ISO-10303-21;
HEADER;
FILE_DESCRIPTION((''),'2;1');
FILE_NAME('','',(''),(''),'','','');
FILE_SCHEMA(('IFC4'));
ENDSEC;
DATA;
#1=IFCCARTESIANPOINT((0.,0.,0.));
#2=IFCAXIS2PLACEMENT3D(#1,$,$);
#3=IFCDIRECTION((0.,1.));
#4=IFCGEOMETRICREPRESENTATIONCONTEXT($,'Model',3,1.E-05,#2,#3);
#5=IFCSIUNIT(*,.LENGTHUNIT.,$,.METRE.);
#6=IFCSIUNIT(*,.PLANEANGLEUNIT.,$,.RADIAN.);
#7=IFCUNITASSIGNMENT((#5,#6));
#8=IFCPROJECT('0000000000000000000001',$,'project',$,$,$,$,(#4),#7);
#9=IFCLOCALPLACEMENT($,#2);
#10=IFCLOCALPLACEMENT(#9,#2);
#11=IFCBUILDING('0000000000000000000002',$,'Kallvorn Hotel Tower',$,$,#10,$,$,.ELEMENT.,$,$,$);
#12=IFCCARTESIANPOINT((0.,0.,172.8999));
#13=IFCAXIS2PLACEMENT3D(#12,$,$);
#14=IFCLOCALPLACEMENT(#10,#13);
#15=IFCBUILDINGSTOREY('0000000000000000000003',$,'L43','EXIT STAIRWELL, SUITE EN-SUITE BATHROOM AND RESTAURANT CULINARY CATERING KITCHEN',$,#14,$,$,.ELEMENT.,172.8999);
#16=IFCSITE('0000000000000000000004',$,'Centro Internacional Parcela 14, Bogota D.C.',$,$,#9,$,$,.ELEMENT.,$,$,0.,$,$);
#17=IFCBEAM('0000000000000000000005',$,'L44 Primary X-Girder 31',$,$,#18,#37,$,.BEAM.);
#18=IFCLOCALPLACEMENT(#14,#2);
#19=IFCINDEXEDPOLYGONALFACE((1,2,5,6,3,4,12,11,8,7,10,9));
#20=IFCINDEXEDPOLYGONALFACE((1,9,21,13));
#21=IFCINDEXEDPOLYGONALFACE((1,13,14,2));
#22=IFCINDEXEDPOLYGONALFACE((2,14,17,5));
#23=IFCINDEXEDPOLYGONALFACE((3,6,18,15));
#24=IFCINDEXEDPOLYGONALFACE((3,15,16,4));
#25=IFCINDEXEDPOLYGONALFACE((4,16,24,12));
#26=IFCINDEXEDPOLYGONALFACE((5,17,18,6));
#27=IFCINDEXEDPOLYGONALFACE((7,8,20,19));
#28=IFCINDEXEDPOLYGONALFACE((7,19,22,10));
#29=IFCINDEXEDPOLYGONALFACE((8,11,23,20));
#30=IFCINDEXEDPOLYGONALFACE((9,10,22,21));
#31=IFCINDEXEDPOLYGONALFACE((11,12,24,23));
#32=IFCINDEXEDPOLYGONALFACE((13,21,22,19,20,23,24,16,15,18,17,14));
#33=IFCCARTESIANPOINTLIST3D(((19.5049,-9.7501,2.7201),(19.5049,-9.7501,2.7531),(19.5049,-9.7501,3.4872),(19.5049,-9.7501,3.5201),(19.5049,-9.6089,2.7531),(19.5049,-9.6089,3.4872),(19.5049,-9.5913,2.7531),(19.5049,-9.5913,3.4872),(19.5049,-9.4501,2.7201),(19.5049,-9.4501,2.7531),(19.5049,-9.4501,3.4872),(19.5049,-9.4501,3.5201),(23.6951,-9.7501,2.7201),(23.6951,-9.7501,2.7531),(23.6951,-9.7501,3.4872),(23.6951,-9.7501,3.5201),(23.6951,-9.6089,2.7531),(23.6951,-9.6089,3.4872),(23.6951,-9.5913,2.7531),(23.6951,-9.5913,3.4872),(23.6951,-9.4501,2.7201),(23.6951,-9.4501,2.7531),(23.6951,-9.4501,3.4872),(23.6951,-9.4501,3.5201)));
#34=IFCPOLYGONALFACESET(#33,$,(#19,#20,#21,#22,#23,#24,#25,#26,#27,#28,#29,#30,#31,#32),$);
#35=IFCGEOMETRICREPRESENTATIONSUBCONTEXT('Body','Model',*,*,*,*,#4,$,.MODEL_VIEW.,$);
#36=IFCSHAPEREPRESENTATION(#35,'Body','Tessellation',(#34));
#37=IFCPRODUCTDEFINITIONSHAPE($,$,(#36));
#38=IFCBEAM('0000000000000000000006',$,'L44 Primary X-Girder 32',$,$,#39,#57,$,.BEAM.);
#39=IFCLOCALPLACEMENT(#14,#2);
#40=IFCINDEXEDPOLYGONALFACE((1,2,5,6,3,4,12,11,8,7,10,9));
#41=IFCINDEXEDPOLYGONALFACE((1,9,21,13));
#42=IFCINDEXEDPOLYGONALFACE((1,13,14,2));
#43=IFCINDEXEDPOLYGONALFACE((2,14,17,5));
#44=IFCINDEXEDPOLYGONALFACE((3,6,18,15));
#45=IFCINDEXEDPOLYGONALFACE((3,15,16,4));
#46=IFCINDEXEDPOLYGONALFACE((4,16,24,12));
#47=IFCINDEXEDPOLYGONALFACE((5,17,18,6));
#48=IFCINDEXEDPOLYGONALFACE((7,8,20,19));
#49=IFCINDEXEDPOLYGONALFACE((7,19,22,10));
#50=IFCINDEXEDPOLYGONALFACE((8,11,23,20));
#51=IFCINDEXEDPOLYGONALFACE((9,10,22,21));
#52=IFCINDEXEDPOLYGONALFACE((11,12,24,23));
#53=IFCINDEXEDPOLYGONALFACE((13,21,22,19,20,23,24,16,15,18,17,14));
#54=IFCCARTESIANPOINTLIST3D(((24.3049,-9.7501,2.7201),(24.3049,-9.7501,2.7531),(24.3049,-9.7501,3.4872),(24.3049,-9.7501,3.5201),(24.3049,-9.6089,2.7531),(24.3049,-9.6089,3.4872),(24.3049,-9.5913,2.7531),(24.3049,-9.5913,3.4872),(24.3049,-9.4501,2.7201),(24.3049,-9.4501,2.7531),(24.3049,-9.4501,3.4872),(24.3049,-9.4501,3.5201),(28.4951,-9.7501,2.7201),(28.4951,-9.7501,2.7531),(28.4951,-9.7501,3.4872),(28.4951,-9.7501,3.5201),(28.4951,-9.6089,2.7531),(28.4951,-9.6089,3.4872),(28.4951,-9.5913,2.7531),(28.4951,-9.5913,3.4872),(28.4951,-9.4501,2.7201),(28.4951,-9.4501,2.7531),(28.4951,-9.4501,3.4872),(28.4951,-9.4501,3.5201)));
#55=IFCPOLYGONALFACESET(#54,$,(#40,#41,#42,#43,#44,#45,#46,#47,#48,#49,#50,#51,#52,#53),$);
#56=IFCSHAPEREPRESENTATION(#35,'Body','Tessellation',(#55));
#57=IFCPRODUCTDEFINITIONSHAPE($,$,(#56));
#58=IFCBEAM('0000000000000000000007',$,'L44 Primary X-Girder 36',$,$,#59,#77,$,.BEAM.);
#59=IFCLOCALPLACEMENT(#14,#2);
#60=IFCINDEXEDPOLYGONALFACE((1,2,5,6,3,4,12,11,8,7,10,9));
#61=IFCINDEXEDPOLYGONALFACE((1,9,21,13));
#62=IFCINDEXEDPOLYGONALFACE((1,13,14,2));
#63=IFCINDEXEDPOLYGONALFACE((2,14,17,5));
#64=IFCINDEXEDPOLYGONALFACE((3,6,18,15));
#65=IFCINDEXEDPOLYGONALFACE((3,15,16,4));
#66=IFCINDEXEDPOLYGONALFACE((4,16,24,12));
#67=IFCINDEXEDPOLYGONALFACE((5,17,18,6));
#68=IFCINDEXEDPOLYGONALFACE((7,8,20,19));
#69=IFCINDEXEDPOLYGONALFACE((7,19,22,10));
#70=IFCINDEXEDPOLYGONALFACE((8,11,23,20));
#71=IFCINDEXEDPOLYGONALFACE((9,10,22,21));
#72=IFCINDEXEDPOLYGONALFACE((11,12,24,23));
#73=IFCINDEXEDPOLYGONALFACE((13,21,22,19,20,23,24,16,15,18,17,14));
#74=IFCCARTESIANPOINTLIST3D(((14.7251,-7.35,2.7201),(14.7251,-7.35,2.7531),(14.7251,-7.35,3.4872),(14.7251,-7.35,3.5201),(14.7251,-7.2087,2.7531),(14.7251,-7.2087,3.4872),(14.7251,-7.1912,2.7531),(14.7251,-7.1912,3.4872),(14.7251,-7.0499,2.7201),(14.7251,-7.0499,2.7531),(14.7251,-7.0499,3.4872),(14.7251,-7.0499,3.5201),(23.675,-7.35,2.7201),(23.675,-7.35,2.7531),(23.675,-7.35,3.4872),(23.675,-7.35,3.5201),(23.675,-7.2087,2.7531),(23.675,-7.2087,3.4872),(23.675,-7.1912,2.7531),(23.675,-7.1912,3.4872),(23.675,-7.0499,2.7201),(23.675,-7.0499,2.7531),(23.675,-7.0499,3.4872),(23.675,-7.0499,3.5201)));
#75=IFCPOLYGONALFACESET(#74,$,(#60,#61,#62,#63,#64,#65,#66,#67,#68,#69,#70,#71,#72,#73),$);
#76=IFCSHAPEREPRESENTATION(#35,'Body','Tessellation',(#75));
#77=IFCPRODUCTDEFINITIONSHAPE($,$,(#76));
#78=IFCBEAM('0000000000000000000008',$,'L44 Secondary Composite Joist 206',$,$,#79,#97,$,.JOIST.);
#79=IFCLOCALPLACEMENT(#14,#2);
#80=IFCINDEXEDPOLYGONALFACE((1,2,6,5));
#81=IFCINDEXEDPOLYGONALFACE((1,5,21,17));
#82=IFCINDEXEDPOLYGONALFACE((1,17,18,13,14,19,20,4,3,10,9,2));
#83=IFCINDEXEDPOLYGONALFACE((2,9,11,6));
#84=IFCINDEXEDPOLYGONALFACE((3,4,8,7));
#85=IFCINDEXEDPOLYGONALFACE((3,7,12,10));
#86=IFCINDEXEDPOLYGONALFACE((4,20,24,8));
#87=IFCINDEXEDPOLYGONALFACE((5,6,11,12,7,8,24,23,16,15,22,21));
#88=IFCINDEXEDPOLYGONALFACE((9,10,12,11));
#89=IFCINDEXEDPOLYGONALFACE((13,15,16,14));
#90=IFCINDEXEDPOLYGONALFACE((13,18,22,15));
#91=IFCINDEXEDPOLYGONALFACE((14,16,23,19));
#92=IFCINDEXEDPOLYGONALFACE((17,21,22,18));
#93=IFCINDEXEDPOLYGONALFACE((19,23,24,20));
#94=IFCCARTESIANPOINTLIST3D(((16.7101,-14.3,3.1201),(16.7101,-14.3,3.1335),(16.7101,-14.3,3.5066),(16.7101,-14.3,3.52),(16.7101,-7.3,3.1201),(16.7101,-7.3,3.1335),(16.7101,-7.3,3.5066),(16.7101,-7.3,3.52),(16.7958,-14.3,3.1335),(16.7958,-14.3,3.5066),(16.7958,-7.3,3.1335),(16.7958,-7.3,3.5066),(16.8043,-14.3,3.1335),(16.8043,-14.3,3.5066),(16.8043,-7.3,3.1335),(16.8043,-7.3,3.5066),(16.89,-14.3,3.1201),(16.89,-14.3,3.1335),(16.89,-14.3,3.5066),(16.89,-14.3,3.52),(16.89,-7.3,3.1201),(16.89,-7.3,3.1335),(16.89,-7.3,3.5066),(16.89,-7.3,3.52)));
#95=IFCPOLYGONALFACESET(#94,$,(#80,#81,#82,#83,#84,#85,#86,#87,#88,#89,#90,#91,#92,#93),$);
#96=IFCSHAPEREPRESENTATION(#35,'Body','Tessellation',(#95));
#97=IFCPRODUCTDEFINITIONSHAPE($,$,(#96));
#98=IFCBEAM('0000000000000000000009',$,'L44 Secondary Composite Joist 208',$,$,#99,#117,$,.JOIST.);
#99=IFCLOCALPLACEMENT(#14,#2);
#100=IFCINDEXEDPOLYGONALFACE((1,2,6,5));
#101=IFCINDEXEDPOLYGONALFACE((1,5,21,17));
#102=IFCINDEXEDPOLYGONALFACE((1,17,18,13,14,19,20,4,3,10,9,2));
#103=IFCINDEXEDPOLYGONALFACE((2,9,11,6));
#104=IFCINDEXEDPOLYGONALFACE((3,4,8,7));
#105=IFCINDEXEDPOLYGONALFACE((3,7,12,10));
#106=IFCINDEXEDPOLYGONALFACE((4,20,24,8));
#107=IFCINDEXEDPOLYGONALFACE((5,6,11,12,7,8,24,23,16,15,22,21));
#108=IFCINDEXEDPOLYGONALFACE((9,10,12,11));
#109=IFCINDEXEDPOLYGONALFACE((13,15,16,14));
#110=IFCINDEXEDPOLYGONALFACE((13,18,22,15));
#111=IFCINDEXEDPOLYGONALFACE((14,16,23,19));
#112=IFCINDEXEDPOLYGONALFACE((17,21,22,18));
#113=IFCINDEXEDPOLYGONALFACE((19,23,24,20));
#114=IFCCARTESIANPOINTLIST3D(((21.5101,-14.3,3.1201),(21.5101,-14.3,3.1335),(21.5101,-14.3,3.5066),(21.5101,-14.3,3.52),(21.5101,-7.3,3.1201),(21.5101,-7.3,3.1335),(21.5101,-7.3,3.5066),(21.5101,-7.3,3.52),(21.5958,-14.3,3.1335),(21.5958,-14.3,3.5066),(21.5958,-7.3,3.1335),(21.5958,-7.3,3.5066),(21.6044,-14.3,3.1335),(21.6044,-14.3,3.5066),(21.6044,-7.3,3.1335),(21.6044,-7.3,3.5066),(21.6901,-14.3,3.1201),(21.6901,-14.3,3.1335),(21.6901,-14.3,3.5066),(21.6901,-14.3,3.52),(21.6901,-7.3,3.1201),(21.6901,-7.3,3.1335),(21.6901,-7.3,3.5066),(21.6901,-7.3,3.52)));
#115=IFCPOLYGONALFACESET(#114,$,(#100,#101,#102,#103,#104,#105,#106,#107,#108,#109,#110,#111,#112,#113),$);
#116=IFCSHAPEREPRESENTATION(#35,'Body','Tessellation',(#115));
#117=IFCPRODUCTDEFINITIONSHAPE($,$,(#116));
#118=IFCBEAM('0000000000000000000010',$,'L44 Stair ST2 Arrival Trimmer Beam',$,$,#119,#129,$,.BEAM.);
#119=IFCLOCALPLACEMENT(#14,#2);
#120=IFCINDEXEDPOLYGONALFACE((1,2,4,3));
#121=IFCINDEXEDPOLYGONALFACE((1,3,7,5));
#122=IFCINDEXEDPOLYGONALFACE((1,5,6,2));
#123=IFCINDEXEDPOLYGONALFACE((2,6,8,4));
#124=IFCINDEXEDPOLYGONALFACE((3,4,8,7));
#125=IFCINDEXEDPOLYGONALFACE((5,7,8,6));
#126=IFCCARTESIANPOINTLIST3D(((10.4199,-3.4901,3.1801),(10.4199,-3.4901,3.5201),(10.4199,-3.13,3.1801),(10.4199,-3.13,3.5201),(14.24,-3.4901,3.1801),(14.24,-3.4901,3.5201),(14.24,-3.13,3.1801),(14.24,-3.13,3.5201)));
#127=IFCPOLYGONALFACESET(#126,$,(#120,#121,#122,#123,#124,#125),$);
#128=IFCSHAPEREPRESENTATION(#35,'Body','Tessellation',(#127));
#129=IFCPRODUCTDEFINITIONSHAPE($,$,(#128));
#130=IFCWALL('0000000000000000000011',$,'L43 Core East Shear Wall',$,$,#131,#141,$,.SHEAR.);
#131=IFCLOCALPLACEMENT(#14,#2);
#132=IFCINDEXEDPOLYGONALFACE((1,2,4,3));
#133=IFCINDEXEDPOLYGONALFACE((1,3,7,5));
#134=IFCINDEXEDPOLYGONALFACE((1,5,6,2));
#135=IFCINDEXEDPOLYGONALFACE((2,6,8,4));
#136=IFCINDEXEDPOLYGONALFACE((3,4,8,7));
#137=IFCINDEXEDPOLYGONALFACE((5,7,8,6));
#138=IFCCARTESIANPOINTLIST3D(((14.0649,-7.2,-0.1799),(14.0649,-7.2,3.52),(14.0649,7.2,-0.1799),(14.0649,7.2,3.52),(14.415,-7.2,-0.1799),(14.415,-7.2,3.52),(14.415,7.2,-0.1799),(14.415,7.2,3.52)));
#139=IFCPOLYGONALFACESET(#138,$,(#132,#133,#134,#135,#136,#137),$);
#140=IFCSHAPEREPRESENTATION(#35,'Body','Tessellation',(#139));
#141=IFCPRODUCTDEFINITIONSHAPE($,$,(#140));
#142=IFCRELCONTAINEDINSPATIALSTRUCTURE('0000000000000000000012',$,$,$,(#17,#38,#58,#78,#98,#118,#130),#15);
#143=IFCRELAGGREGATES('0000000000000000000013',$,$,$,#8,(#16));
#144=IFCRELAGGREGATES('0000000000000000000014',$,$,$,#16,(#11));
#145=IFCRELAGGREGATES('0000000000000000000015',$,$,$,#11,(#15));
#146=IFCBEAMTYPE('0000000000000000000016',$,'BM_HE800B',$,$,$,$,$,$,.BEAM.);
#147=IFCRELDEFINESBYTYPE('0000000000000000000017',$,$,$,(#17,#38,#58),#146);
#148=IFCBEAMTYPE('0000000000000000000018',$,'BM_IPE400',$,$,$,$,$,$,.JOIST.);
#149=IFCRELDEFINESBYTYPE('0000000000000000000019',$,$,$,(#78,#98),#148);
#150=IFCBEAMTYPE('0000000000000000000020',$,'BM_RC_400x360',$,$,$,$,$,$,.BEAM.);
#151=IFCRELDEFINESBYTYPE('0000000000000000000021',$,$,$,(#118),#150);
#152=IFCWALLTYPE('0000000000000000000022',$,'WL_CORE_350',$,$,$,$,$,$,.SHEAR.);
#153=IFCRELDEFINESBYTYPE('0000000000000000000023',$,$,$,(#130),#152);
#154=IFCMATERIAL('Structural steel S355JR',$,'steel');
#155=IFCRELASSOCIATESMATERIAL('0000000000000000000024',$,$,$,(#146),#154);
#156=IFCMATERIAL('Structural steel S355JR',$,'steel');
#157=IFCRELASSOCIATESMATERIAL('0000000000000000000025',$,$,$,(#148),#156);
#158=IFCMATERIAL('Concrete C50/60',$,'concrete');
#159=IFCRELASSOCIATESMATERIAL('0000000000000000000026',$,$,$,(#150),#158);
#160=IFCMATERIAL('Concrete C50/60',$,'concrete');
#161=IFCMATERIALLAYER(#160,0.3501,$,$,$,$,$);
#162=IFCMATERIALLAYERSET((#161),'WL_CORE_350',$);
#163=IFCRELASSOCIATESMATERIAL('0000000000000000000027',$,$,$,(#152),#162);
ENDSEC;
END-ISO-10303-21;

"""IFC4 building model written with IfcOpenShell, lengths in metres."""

from ifc_helpers import new_model, si_unit, direction, frame, frame_2d, origin, origin_2d, place, context, subcontext, project, spatial, rectangle, i_section, extrude, material, layer, layer_set, material_profile, profile_set, type_object, element, save


model = new_model("IFC4")

# Units and contexts
model_context = context("Model", 3, precision=1e-05, world=origin(), true_north=direction((0.0, 1.0)))
body_context = subcontext(model_context, "Body", "Model", "MODEL_VIEW")
ifc_project = project(units=[si_unit("LENGTHUNIT", "METRE"), si_unit("PLANEANGLEUNIT", "RADIAN")], contexts=[model_context])

# Site, building, storey
site_placement = place(None, origin())
site = spatial("IfcSite", under=ifc_project, at=site_placement, Name="Centro Internacional Parcela 14, Bogota D.C.", CompositionType="ELEMENT", RefElevation=0.0)
building_placement = place(site_placement, origin())
building = spatial("IfcBuilding", under=site, at=building_placement, Name="Kallvorn Hotel Tower", CompositionType="ELEMENT")
storey_placement = place(building_placement, frame((0.0, 0.0, 172.8999)))
storey = spatial("IfcBuildingStorey", under=building, at=storey_placement, Name="L43", Description="EXIT STAIRWELL, SUITE EN-SUITE BATHROOM AND RESTAURANT CULINARY CATERING KITCHEN", CompositionType="ELEMENT", Elevation=172.8999)

# Beams
ifc_material_1 = material(Name="Structural steel S355JR", Category="steel")
ifc_material_profile_1 = material_profile(ifc_material_1, i_section(OverallWidth=0.3, OverallDepth=0.8, WebThickness=0.0176, FlangeThickness=0.033, at=origin_2d()), Name="HE 800 B")
ifc_profile_set_1 = profile_set([ifc_material_profile_1], Name="Structural steel S355JR")
beam_type_1 = type_object("IfcBeamType", Name="BM_HE800B", PredefinedType="BEAM", material=ifc_profile_set_1)
for number, where, z_axis, x_axis, name in (
    (1, (19.5049, -9.6001, 3.1201), (1.0, 0.0, 0.0), (0.0, 1.0, 0.0), "L44 Primary X-Girder 31"),
    (2, (24.3049, -9.6001, 3.1201), (1.0, 0.0, 0.0), (0.0, 1.0, 0.0), "L44 Primary X-Girder 32"),
):
    element("IfcBeam", number, at=place(storey_placement, frame(where, z_axis=z_axis, x_axis=x_axis)), inside=storey, type_object=beam_type_1, Name=name, PredefinedType="BEAM", context=body_context, shape_type="SweptSolid", body=[
        extrude(i_section(OverallWidth=0.3, OverallDepth=0.8, WebThickness=0.0176, FlangeThickness=0.033, at=origin_2d()), origin(), (0.0, 0.0, 1.0), 4.1902),
    ])
beam_1_placement = place(storey_placement, frame((14.7251, -7.2, 3.1201), z_axis=(1.0, 0.0, 0.0), x_axis=(0.0, 1.0, 0.0)))
element("IfcBeam", 3, at=beam_1_placement, inside=storey, type_object=beam_type_1, Name="L44 Primary X-Girder 36", PredefinedType="BEAM", context=body_context, shape_type="SweptSolid", body=[
    extrude(i_section(OverallWidth=0.3, OverallDepth=0.8, WebThickness=0.0176, FlangeThickness=0.033, at=origin_2d()), origin(), (0.0, 0.0, 1.0), 8.95),
])
ifc_material_2 = material(Name="Structural steel S355JR", Category="steel")
ifc_material_profile_2 = material_profile(ifc_material_2, i_section(OverallWidth=0.1799, OverallDepth=0.3999, WebThickness=0.0085, FlangeThickness=0.0134, at=origin_2d()), Name="IPE 400")
ifc_profile_set_2 = profile_set([ifc_material_profile_2], Name="Structural steel S355JR")
beam_type_2 = type_object("IfcBeamType", Name="BM_IPE400", PredefinedType="JOIST", material=ifc_profile_set_2)
for number, where, z_axis, x_axis, name in (
    (4, (16.8, -14.3, 3.3201), (0.0, 1.0, 0.0), (-1.0, 0.0, 0.0), "L44 Secondary Composite Joist 206"),
    (5, (21.6001, -14.3, 3.3201), (0.0, 1.0, 0.0), (-1.0, 0.0, 0.0), "L44 Secondary Composite Joist 208"),
):
    element("IfcBeam", number, at=place(storey_placement, frame(where, z_axis=z_axis, x_axis=x_axis)), inside=storey, type_object=beam_type_2, Name=name, PredefinedType="JOIST", context=body_context, shape_type="SweptSolid", body=[
        extrude(i_section(OverallWidth=0.1799, OverallDepth=0.3999, WebThickness=0.0085, FlangeThickness=0.0134, at=origin_2d()), origin(), (0.0, 0.0, 1.0), 7.0),
    ])
ifc_material_3 = material(Name="Concrete C50/60", Category="concrete")
ifc_material_profile_3 = material_profile(ifc_material_3, rectangle(XDim=0.3601, YDim=0.3401, at=origin_2d()), Name="RC 360x340")
ifc_profile_set_3 = profile_set([ifc_material_profile_3], Name="Concrete C50/60")
beam_type_3 = type_object("IfcBeamType", Name="BM_RC_400x360", PredefinedType="BEAM", material=ifc_profile_set_3)
beam_2_placement = place(storey_placement, frame((14.24, -3.3101, 3.3501), z_axis=(-1.0, 0.0, 0.0), x_axis=(0.0, -1.0, 0.0)))
element("IfcBeam", 6, at=beam_2_placement, inside=storey, type_object=beam_type_3, Name="L44 Stair ST2 Arrival Trimmer Beam", PredefinedType="BEAM", context=body_context, shape_type="SweptSolid", body=[
    extrude(rectangle(XDim=0.3601, YDim=0.3401, at=origin_2d()), origin(), (0.0, 0.0, 1.0), 3.8201),
])

# Wall
ifc_material_4 = material(Name="Concrete C50/60", Category="concrete")
ifc_layer = layer(ifc_material_4, 0.3501)
ifc_layer_set = layer_set([ifc_layer], Name="WL_CORE_350")
wall_type = type_object("IfcWallType", Name="WL_CORE_350", PredefinedType="SHEAR", material=ifc_layer_set)
wall_placement = place(storey_placement, frame((14.24, -7.2, -0.1799), z_axis=(0.0, 0.0, 1.0), x_axis=(0.0, 1.0, 0.0)))
element("IfcWall", 7, at=wall_placement, inside=storey, type_object=wall_type, Name="L43 Core East Shear Wall", PredefinedType="SHEAR", context=body_context, shape_type="SweptSolid", body=[
    extrude(rectangle(XDim=14.3999, YDim=0.3501, at=frame_2d((7.2, 0.0))), origin(), (0.0, 0.0, 1.0), 3.7),
])

save(model, "model.ifc")
